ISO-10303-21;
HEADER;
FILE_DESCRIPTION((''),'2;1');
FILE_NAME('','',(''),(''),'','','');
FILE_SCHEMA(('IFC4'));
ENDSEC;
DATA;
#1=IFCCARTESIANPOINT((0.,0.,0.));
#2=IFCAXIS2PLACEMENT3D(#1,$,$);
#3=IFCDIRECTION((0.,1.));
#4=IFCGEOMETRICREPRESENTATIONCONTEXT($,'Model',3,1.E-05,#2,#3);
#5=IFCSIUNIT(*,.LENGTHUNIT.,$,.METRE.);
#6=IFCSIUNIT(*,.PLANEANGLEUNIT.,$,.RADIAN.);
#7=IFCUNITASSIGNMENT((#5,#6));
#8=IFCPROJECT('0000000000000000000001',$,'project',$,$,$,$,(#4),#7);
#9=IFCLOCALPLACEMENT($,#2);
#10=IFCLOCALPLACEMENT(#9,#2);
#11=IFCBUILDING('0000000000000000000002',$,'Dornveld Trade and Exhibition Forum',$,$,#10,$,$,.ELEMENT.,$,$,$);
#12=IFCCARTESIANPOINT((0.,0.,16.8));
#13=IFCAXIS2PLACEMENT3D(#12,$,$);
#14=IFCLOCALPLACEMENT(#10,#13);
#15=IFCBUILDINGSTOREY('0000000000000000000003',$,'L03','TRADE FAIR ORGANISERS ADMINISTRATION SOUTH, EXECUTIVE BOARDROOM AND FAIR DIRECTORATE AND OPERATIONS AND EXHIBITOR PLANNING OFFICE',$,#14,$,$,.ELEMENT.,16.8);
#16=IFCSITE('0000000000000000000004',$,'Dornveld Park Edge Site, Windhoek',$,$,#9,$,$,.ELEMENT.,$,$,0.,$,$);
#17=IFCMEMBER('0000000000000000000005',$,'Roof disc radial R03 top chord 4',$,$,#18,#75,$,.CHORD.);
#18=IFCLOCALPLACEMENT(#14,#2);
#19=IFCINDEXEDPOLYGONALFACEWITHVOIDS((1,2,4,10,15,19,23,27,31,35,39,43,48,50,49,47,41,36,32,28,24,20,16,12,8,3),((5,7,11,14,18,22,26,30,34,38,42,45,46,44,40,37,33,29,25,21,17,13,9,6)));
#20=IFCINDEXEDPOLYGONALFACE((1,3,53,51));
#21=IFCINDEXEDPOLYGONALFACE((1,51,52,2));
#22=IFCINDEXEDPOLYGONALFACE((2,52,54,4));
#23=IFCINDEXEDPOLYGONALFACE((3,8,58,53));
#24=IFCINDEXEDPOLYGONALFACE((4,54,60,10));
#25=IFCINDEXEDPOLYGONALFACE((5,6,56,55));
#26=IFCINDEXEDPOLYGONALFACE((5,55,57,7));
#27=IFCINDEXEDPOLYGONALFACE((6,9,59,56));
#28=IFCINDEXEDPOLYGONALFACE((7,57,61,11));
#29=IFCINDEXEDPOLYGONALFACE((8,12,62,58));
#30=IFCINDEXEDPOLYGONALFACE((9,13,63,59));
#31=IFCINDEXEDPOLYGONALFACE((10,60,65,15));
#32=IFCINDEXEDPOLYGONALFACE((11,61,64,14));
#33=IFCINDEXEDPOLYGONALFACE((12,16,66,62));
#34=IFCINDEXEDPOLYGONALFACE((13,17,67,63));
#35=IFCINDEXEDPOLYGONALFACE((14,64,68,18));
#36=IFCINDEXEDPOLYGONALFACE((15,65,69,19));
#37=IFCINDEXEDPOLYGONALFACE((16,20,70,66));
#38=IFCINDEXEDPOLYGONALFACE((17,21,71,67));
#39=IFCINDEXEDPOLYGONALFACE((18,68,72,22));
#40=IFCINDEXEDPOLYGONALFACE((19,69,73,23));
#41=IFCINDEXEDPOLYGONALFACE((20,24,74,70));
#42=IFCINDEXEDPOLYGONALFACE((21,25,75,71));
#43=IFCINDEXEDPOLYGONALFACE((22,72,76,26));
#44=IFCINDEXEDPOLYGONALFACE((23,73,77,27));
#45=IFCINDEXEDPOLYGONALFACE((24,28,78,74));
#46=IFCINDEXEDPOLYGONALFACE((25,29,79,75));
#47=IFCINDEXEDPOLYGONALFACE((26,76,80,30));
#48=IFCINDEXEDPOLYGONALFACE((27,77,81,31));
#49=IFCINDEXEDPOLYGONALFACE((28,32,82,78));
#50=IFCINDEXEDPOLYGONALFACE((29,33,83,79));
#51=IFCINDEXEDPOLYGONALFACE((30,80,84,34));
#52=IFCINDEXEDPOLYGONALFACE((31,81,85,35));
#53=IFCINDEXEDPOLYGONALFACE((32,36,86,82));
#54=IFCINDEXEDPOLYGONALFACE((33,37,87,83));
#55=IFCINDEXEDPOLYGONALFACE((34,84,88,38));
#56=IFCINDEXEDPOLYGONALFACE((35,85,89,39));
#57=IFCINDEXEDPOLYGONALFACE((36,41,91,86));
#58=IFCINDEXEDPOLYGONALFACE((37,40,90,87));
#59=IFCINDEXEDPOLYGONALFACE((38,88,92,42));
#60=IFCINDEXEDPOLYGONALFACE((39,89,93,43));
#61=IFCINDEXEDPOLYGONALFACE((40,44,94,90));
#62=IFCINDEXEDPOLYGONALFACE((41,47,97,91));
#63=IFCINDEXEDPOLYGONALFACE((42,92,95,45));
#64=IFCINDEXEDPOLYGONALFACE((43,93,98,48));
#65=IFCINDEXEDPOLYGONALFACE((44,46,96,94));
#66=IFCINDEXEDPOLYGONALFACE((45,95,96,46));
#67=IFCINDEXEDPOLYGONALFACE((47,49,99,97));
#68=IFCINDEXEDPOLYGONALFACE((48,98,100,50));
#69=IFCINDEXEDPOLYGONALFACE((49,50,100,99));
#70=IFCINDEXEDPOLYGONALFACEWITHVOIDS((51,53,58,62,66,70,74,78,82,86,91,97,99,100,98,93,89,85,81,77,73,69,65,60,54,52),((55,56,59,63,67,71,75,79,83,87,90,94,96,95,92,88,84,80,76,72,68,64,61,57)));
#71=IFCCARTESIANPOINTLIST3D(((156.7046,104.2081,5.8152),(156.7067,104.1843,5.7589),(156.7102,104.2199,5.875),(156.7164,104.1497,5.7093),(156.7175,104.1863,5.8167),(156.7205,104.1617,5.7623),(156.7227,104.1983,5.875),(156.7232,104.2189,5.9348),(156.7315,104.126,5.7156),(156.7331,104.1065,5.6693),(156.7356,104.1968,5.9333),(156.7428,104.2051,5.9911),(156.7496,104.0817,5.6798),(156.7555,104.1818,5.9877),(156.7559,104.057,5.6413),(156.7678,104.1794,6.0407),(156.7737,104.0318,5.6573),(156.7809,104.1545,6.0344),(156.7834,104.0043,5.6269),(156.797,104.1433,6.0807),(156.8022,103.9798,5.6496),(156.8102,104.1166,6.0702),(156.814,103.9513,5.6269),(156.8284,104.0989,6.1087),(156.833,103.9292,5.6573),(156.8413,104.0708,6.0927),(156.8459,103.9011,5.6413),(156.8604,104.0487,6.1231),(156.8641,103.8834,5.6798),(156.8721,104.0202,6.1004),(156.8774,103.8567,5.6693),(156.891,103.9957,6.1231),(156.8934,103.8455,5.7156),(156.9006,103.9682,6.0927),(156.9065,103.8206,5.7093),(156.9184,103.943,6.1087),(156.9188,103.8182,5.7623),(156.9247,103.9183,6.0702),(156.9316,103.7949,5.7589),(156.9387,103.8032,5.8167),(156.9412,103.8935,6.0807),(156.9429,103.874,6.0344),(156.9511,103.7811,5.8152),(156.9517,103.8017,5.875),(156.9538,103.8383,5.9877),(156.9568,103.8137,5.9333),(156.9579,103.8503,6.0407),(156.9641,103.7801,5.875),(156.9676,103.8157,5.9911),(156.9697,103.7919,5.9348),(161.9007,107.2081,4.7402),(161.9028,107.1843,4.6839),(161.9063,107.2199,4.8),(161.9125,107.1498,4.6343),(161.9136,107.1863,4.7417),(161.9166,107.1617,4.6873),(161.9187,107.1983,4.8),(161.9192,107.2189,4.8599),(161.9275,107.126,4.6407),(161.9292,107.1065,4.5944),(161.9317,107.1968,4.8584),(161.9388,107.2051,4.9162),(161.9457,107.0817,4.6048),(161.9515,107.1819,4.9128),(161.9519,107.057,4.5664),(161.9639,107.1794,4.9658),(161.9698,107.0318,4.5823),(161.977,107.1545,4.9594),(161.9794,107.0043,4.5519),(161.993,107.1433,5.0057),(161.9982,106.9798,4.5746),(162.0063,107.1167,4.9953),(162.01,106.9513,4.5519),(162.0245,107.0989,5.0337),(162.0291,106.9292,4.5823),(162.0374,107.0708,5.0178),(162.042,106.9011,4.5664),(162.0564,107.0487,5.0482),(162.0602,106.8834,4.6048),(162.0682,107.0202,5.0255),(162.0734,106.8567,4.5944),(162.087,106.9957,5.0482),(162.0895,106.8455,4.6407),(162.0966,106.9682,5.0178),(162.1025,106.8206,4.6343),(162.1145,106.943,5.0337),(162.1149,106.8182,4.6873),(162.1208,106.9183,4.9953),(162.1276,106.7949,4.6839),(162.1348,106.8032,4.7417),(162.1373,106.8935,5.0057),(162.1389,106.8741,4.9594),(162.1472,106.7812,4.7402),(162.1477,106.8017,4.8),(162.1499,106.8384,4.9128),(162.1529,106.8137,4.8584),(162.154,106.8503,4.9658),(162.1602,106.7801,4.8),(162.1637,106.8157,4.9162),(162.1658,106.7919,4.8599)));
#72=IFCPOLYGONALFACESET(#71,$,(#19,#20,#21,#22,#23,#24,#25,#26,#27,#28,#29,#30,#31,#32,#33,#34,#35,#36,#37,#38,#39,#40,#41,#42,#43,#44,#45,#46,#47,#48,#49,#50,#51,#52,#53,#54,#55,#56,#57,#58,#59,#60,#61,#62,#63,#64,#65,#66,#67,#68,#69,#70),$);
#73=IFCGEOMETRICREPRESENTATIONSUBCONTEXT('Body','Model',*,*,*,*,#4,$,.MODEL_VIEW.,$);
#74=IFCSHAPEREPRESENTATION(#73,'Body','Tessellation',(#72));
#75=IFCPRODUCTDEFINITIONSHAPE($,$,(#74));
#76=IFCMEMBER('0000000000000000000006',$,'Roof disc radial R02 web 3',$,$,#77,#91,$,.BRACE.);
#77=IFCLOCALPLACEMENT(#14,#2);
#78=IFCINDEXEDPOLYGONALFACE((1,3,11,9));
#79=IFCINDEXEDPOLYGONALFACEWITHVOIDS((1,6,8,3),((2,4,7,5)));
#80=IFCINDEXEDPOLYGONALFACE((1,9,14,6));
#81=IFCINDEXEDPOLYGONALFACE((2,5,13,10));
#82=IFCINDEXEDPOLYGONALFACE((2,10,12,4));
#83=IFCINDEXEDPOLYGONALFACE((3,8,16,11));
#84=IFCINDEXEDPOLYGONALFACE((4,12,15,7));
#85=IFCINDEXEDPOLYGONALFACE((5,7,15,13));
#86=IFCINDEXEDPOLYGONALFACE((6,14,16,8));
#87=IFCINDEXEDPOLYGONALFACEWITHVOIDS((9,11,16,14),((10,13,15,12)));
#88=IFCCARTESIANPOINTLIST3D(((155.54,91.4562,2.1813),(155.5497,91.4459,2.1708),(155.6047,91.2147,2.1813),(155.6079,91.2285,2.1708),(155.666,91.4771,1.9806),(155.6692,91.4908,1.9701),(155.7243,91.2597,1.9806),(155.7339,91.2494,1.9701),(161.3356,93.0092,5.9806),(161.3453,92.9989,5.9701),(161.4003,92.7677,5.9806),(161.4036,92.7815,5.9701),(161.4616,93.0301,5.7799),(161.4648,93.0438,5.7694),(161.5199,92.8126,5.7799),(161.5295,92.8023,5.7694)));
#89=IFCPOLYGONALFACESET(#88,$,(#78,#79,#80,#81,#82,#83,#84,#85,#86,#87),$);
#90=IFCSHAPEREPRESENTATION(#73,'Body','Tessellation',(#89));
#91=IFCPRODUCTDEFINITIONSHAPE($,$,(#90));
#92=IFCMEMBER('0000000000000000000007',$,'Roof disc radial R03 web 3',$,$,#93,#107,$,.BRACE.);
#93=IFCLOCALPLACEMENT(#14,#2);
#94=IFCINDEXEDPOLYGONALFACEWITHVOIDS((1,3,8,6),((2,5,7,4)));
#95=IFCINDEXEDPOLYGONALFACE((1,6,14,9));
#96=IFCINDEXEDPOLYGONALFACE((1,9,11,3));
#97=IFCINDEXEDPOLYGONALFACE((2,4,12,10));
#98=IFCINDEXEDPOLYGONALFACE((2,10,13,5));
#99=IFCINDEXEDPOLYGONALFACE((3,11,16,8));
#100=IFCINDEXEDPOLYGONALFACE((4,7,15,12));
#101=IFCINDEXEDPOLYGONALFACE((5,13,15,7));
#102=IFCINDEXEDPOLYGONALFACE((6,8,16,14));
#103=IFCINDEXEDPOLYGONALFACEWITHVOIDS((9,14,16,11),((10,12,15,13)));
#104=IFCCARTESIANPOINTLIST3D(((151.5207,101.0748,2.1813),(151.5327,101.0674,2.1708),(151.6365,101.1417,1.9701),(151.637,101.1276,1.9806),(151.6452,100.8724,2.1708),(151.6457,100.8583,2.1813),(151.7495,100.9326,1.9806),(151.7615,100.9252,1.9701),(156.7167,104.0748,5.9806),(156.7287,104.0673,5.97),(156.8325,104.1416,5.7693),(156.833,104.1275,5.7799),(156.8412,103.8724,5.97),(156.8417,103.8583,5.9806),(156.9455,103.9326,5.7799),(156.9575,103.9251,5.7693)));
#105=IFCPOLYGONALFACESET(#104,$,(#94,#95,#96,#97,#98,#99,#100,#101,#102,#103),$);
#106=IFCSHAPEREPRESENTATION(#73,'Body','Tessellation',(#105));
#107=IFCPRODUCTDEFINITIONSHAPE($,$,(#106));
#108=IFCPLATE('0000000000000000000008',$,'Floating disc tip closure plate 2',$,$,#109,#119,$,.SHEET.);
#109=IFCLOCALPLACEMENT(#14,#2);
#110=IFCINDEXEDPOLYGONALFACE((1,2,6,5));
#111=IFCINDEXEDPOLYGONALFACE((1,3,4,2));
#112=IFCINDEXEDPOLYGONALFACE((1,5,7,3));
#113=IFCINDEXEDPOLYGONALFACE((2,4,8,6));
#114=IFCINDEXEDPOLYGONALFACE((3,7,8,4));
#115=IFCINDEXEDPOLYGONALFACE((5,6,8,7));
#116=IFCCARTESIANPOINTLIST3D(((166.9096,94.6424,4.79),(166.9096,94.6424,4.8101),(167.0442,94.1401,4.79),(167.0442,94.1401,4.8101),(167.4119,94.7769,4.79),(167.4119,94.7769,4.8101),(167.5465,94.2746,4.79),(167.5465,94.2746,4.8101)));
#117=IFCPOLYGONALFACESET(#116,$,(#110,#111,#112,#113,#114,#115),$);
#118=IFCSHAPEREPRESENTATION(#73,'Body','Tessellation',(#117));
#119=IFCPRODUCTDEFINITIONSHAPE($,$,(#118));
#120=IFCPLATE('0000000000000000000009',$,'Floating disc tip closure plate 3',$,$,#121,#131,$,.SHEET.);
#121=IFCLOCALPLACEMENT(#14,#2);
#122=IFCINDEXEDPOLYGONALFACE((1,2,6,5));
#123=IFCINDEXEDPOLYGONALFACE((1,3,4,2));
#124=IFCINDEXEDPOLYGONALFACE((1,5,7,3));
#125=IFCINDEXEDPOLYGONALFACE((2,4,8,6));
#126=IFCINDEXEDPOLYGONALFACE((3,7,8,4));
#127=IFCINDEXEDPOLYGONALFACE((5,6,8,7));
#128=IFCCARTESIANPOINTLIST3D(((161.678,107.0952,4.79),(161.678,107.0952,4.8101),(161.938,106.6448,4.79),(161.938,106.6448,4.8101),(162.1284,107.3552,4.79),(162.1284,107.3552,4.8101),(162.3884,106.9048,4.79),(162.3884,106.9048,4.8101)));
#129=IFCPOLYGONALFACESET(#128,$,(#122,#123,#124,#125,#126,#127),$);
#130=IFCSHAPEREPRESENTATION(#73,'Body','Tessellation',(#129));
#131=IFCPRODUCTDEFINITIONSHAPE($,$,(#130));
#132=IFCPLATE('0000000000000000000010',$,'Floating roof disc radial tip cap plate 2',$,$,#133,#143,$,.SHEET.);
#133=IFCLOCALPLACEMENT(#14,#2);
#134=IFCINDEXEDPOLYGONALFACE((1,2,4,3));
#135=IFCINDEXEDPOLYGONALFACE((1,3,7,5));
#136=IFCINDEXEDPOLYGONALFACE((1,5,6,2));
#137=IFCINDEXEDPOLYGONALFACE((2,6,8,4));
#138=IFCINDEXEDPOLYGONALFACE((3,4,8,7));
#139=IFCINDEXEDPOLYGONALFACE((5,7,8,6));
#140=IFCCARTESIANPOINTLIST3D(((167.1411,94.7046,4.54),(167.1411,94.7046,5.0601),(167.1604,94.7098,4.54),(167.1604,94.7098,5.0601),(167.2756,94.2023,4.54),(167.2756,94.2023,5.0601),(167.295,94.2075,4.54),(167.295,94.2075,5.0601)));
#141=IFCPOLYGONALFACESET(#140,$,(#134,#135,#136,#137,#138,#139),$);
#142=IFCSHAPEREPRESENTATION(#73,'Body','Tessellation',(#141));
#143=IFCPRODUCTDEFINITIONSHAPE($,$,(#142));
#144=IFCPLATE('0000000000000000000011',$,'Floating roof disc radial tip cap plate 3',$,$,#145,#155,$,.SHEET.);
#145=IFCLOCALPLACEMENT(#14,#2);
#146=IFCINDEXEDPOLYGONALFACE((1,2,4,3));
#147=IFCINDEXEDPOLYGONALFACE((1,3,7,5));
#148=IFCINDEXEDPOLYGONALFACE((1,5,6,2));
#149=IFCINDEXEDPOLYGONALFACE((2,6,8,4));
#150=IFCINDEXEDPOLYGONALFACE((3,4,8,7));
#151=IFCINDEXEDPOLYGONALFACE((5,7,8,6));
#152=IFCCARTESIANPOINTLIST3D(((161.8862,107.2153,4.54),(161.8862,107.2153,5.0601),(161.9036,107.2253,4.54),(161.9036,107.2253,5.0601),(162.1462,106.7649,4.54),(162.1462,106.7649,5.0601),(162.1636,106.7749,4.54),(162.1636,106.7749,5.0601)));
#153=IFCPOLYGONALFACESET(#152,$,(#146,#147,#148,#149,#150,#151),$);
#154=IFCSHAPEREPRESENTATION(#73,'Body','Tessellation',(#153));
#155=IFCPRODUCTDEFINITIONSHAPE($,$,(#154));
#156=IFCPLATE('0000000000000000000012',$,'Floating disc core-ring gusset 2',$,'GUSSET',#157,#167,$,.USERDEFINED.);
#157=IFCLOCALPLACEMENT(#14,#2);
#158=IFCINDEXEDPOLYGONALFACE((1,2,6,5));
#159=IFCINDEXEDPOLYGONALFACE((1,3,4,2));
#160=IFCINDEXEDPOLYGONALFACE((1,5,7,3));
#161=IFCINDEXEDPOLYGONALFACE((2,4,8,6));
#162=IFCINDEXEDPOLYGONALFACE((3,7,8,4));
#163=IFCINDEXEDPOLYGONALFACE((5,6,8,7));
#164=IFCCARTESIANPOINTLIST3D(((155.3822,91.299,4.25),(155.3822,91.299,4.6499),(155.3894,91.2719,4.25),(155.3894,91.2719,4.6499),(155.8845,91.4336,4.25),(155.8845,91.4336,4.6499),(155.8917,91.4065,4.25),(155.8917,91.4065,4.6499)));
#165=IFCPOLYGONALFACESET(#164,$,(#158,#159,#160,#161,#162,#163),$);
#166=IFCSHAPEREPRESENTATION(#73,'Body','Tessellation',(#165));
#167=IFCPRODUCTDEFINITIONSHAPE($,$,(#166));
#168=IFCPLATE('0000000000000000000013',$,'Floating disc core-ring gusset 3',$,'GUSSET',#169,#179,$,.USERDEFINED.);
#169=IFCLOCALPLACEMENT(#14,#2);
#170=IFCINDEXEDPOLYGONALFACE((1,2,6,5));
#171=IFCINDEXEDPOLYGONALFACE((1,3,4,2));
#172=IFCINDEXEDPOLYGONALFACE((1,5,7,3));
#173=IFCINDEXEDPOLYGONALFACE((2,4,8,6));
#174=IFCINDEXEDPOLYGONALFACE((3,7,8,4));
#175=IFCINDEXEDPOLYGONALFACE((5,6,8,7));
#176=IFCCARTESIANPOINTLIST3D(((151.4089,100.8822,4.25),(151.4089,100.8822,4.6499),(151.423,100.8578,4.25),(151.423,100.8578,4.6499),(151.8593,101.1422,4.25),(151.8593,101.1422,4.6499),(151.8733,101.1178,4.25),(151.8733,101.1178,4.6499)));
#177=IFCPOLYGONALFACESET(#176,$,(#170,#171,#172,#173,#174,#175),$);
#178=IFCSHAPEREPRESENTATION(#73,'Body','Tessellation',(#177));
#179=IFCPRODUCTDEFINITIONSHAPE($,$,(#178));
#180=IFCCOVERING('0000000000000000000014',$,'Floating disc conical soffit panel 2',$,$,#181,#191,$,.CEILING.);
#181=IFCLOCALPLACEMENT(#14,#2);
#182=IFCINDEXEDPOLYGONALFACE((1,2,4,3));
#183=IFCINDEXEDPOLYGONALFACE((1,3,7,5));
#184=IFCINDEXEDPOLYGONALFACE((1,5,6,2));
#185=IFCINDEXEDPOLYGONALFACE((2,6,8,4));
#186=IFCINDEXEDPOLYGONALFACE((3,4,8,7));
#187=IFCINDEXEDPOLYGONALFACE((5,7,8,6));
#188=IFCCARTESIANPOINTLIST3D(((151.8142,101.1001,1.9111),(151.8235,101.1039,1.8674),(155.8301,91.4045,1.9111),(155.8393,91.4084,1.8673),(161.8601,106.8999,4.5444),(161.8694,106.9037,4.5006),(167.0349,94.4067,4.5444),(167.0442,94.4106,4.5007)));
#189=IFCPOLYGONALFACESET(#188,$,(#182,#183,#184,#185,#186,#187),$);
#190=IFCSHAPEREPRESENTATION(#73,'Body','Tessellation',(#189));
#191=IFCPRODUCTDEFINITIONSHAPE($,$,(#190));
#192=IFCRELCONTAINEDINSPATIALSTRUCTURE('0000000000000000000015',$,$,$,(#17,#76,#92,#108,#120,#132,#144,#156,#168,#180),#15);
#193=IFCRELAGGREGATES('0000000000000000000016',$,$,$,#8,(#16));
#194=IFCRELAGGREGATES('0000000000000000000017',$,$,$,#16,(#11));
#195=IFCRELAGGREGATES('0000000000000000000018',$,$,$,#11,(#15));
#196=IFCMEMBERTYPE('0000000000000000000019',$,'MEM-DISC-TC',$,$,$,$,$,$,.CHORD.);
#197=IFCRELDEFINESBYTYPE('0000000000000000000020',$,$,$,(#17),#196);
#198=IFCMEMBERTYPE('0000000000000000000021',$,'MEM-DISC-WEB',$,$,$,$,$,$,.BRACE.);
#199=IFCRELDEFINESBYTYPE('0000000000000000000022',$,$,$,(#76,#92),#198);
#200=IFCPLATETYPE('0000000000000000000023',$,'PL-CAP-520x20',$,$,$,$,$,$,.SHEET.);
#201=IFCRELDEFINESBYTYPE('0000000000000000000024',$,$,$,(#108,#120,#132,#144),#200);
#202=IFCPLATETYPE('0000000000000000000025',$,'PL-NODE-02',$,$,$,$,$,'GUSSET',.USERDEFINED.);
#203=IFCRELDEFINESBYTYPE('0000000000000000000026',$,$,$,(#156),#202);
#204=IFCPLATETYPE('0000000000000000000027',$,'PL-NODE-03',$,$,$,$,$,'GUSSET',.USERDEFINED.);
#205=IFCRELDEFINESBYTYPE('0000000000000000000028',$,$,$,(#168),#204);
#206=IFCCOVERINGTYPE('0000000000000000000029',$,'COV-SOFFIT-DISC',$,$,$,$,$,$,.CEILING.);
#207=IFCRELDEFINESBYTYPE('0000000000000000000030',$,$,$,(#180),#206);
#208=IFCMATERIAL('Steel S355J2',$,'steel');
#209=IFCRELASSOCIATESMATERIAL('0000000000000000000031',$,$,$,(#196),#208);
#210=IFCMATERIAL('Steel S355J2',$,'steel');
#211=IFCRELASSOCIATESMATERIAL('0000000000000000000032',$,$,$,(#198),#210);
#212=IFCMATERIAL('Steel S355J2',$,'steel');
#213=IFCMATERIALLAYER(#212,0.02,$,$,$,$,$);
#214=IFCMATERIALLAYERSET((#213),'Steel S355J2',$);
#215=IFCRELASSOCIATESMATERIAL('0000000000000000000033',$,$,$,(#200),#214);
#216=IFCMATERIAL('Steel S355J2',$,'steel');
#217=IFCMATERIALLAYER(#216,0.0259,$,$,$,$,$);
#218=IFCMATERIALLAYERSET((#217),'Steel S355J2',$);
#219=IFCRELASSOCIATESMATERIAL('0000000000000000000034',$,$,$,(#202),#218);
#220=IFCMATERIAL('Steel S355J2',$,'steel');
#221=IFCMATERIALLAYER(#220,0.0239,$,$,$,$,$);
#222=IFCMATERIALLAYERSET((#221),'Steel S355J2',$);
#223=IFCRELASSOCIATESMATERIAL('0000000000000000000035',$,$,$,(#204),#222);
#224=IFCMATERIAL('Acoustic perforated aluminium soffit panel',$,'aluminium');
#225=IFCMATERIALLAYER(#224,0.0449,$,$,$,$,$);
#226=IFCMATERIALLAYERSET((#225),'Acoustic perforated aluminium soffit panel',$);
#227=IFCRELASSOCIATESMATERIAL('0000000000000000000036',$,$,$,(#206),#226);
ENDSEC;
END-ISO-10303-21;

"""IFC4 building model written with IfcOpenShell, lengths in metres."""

from ifc_helpers import new_model, si_unit, direction, frame, origin, origin_2d, place, context, subcontext, project, spatial, polyline, rectangle, hollow_rectangle, hollow_circle, outline, extrude, material, layer, layer_set, material_profile, profile_set, type_object, element, save


model = new_model("IFC4")

# Units and contexts
model_context = context("Model", 3, precision=1e-05, world=origin(), true_north=direction((0.0, 1.0)))
body_context = subcontext(model_context, "Body", "Model", "MODEL_VIEW")
ifc_project = project(units=[si_unit("LENGTHUNIT", "METRE"), si_unit("PLANEANGLEUNIT", "RADIAN")], contexts=[model_context])

# Site, building, storey
site_placement = place(None, origin())
site = spatial("IfcSite", under=ifc_project, at=site_placement, Name="Dornveld Park Edge Site, Windhoek", CompositionType="ELEMENT", RefElevation=0.0)
building_placement = place(site_placement, origin())
building = spatial("IfcBuilding", under=site, at=building_placement, Name="Dornveld Trade and Exhibition Forum", CompositionType="ELEMENT")
storey_placement = place(building_placement, frame((0.0, 0.0, 16.8)))
storey = spatial("IfcBuildingStorey", under=building, at=storey_placement, Name="L03", Description="TRADE FAIR ORGANISERS ADMINISTRATION SOUTH, EXECUTIVE BOARDROOM AND FAIR DIRECTORATE AND OPERATIONS AND EXHIBITOR PLANNING OFFICE", CompositionType="ELEMENT", Elevation=16.8)

# Members
ifc_material_1 = material(Name="Steel S355J2", Category="steel")
ifc_material_profile_1 = material_profile(ifc_material_1, hollow_circle(Radius=0.2539, WallThickness=0.0249, at=origin_2d()), Name="CHS 508x25")
ifc_profile_set_1 = profile_set([ifc_material_profile_1], Name="Steel S355J2")
member_type_1 = type_object("IfcMemberType", Name="MEM-DISC-TC", PredefinedType="CHORD", material=ifc_profile_set_1)
member_1_placement = place(storey_placement, frame((156.8372, 104.0, 5.875), z_axis=(0.852448, 0.492171, -0.176353), x_axis=(-0.500008, 0.866021, 0.0)))
element("IfcMember", 1, at=member_1_placement, inside=storey, type_object=member_type_1, Name="Roof disc radial R03 top chord 4", PredefinedType="CHORD", context=body_context, shape_type="SweptSolid", body=[
    extrude(hollow_circle(Radius=0.2539, WallThickness=0.0249, at=origin_2d()), origin(), (0.0, 0.0, 1.0), 6.0955),
])
ifc_material_2 = material(Name="Steel S355J2", Category="steel")
ifc_material_profile_2 = material_profile(ifc_material_2, hollow_rectangle(XDim=0.25, YDim=0.25, WallThickness=0.0125, at=origin_2d()), Name="SHS 250x250x12.5")
ifc_profile_set_2 = profile_set([ifc_material_profile_2], Name="Steel S355J2")
member_type_2 = type_object("IfcMemberType", Name="MEM-DISC-WEB", PredefinedType="BRACE", material=ifc_profile_set_2)
member_2_placement = place(storey_placement, frame((155.637, 91.3528, 2.0757), z_axis=(0.816078, 0.218673, 0.534976), x_axis=(-0.258825, 0.965924, 0.0)))
element("IfcMember", 2, at=member_2_placement, inside=storey, type_object=member_type_2, Name="Roof disc radial R02 web 3", PredefinedType="BRACE", context=body_context, shape_type="SweptSolid", body=[
    extrude(hollow_rectangle(XDim=0.25, YDim=0.25, WallThickness=0.0125, at=origin_2d()), origin(), (0.0, 0.0, 1.0), 7.1018),
])
member_3_placement = place(storey_placement, frame((151.6411, 101.0, 2.0757), z_axis=(0.731665, 0.422436, 0.534989), x_axis=(-0.500008, 0.866021, 0.0)))
element("IfcMember", 3, at=member_3_placement, inside=storey, type_object=member_type_2, Name="Roof disc radial R03 web 3", PredefinedType="BRACE", context=body_context, shape_type="SweptSolid", body=[
    extrude(hollow_rectangle(XDim=0.25, YDim=0.25, WallThickness=0.0125, at=origin_2d()), origin(), (0.0, 0.0, 1.0), 7.1016),
])

# Plates
ifc_material_3 = material(Name="Steel S355J2", Category="steel")
ifc_layer_1 = layer(ifc_material_3, 0.02)
ifc_layer_set_1 = layer_set([ifc_layer_1], Name="Steel S355J2")
plate_type_1 = type_object("IfcPlateType", Name="PL-CAP-520x20", PredefinedType="SHEET", material=ifc_layer_set_1)
for number, where, z_axis, x_axis, name in (
    (4, (167.228, 94.4585, 4.79), (0.0, 0.0, 1.0), (0.965926, 0.258819, 0.0), "Floating disc tip closure plate 2"),
    (5, (162.0332, 107.0, 4.79), (0.0, 0.0, 1.0), (0.866025, 0.5, 0.0), "Floating disc tip closure plate 3"),
):
    element("IfcPlate", number, at=place(storey_placement, frame(where, z_axis=z_axis, x_axis=x_axis)), inside=storey, type_object=plate_type_1, Name=name, PredefinedType="SHEET", context=body_context, shape_type="SweptSolid", body=[
        extrude(rectangle(XDim=0.52, YDim=0.52, at=origin_2d()), origin(), (0.0, 0.0, 1.0), 0.02),
    ])
for number, where, z_axis, x_axis, name in (
    (6, (167.218, 94.4561, 4.54), (0.0, 0.0, 1.0), (0.965926, 0.258819, 0.0), "Floating roof disc radial tip cap plate 2"),
    (7, (162.0249, 106.9951, 4.54), (0.0, 0.0, 1.0), (0.866025, 0.5, 0.0), "Floating roof disc radial tip cap plate 3"),
):
    element("IfcPlate", number, at=place(storey_placement, frame(where, z_axis=z_axis, x_axis=x_axis)), inside=storey, type_object=plate_type_1, Name=name, PredefinedType="SHEET", context=body_context, shape_type="SweptSolid", body=[
        extrude(rectangle(XDim=0.02, YDim=0.52, at=origin_2d()), origin(), (0.0, 0.0, 1.0), 0.52),
    ])
ifc_material_4 = material(Name="Steel S355J2", Category="steel")
ifc_layer_2 = layer(ifc_material_4, 0.0259)
ifc_layer_set_2 = layer_set([ifc_layer_2], Name="Steel S355J2")
plate_type_2 = type_object("IfcPlateType", Name="PL-NODE-02", ElementType="GUSSET", PredefinedType="USERDEFINED", material=ifc_layer_set_2)
plate_1_placement = place(storey_placement, frame((155.637, 91.3528, 4.25), z_axis=(0.0, 0.0, 1.0), x_axis=(0.965926, 0.258819, 0.0)))
element("IfcPlate", 8, at=plate_1_placement, inside=storey, type_object=plate_type_2, Name="Floating disc core-ring gusset 2", ObjectType="GUSSET", PredefinedType="USERDEFINED", context=body_context, shape_type="SweptSolid", body=[
    extrude(rectangle(XDim=0.52, YDim=0.0281, at=origin_2d()), origin(), (0.0, 0.0, 1.0), 0.3999),
])
ifc_material_5 = material(Name="Steel S355J2", Category="steel")
ifc_layer_3 = layer(ifc_material_5, 0.0239)
ifc_layer_set_3 = layer_set([ifc_layer_3], Name="Steel S355J2")
plate_type_3 = type_object("IfcPlateType", Name="PL-NODE-03", ElementType="GUSSET", PredefinedType="USERDEFINED", material=ifc_layer_set_3)
plate_2_placement = place(storey_placement, frame((151.6411, 101.0, 4.25), z_axis=(0.0, 0.0, 1.0), x_axis=(0.866025, 0.5, 0.0)))
element("IfcPlate", 9, at=plate_2_placement, inside=storey, type_object=plate_type_3, Name="Floating disc core-ring gusset 3", ObjectType="GUSSET", PredefinedType="USERDEFINED", context=body_context, shape_type="SweptSolid", body=[
    extrude(rectangle(XDim=0.52, YDim=0.0281, at=origin_2d()), origin(), (0.0, 0.0, 1.0), 0.3999),
])

# Covering
ifc_material_6 = material(Name="Acoustic perforated aluminium soffit panel", Category="aluminium")
ifc_layer_4 = layer(ifc_material_6, 0.0449)
ifc_layer_set_4 = layer_set([ifc_layer_4], Name="Acoustic perforated aluminium soffit panel")
covering_type = type_object("IfcCoveringType", Name="COV-SOFFIT-DISC", PredefinedType="CEILING", material=ifc_layer_set_4)
covering_1_placement = place(storey_placement, frame((155.8301, 91.4045, 1.9111), z_axis=(-0.206203, -0.08541, 0.974775), x_axis=(0.941962, 0.252387, 0.221376)))
element("IfcCovering", 10, at=covering_1_placement, inside=storey, type_object=covering_type, Name="Floating disc conical soffit panel 2", PredefinedType="CEILING", context=body_context, shape_type="SweptSolid", body=[
    extrude(outline(polyline([(0.0, 0.0), (11.8952, 0.0), (10.1738, 13.4125), (-1.3358, 10.409), (0.0, 0.0)])), origin(), (0.0, 0.0, -1.0), 0.0449),
])

save(model, "model.ifc")
